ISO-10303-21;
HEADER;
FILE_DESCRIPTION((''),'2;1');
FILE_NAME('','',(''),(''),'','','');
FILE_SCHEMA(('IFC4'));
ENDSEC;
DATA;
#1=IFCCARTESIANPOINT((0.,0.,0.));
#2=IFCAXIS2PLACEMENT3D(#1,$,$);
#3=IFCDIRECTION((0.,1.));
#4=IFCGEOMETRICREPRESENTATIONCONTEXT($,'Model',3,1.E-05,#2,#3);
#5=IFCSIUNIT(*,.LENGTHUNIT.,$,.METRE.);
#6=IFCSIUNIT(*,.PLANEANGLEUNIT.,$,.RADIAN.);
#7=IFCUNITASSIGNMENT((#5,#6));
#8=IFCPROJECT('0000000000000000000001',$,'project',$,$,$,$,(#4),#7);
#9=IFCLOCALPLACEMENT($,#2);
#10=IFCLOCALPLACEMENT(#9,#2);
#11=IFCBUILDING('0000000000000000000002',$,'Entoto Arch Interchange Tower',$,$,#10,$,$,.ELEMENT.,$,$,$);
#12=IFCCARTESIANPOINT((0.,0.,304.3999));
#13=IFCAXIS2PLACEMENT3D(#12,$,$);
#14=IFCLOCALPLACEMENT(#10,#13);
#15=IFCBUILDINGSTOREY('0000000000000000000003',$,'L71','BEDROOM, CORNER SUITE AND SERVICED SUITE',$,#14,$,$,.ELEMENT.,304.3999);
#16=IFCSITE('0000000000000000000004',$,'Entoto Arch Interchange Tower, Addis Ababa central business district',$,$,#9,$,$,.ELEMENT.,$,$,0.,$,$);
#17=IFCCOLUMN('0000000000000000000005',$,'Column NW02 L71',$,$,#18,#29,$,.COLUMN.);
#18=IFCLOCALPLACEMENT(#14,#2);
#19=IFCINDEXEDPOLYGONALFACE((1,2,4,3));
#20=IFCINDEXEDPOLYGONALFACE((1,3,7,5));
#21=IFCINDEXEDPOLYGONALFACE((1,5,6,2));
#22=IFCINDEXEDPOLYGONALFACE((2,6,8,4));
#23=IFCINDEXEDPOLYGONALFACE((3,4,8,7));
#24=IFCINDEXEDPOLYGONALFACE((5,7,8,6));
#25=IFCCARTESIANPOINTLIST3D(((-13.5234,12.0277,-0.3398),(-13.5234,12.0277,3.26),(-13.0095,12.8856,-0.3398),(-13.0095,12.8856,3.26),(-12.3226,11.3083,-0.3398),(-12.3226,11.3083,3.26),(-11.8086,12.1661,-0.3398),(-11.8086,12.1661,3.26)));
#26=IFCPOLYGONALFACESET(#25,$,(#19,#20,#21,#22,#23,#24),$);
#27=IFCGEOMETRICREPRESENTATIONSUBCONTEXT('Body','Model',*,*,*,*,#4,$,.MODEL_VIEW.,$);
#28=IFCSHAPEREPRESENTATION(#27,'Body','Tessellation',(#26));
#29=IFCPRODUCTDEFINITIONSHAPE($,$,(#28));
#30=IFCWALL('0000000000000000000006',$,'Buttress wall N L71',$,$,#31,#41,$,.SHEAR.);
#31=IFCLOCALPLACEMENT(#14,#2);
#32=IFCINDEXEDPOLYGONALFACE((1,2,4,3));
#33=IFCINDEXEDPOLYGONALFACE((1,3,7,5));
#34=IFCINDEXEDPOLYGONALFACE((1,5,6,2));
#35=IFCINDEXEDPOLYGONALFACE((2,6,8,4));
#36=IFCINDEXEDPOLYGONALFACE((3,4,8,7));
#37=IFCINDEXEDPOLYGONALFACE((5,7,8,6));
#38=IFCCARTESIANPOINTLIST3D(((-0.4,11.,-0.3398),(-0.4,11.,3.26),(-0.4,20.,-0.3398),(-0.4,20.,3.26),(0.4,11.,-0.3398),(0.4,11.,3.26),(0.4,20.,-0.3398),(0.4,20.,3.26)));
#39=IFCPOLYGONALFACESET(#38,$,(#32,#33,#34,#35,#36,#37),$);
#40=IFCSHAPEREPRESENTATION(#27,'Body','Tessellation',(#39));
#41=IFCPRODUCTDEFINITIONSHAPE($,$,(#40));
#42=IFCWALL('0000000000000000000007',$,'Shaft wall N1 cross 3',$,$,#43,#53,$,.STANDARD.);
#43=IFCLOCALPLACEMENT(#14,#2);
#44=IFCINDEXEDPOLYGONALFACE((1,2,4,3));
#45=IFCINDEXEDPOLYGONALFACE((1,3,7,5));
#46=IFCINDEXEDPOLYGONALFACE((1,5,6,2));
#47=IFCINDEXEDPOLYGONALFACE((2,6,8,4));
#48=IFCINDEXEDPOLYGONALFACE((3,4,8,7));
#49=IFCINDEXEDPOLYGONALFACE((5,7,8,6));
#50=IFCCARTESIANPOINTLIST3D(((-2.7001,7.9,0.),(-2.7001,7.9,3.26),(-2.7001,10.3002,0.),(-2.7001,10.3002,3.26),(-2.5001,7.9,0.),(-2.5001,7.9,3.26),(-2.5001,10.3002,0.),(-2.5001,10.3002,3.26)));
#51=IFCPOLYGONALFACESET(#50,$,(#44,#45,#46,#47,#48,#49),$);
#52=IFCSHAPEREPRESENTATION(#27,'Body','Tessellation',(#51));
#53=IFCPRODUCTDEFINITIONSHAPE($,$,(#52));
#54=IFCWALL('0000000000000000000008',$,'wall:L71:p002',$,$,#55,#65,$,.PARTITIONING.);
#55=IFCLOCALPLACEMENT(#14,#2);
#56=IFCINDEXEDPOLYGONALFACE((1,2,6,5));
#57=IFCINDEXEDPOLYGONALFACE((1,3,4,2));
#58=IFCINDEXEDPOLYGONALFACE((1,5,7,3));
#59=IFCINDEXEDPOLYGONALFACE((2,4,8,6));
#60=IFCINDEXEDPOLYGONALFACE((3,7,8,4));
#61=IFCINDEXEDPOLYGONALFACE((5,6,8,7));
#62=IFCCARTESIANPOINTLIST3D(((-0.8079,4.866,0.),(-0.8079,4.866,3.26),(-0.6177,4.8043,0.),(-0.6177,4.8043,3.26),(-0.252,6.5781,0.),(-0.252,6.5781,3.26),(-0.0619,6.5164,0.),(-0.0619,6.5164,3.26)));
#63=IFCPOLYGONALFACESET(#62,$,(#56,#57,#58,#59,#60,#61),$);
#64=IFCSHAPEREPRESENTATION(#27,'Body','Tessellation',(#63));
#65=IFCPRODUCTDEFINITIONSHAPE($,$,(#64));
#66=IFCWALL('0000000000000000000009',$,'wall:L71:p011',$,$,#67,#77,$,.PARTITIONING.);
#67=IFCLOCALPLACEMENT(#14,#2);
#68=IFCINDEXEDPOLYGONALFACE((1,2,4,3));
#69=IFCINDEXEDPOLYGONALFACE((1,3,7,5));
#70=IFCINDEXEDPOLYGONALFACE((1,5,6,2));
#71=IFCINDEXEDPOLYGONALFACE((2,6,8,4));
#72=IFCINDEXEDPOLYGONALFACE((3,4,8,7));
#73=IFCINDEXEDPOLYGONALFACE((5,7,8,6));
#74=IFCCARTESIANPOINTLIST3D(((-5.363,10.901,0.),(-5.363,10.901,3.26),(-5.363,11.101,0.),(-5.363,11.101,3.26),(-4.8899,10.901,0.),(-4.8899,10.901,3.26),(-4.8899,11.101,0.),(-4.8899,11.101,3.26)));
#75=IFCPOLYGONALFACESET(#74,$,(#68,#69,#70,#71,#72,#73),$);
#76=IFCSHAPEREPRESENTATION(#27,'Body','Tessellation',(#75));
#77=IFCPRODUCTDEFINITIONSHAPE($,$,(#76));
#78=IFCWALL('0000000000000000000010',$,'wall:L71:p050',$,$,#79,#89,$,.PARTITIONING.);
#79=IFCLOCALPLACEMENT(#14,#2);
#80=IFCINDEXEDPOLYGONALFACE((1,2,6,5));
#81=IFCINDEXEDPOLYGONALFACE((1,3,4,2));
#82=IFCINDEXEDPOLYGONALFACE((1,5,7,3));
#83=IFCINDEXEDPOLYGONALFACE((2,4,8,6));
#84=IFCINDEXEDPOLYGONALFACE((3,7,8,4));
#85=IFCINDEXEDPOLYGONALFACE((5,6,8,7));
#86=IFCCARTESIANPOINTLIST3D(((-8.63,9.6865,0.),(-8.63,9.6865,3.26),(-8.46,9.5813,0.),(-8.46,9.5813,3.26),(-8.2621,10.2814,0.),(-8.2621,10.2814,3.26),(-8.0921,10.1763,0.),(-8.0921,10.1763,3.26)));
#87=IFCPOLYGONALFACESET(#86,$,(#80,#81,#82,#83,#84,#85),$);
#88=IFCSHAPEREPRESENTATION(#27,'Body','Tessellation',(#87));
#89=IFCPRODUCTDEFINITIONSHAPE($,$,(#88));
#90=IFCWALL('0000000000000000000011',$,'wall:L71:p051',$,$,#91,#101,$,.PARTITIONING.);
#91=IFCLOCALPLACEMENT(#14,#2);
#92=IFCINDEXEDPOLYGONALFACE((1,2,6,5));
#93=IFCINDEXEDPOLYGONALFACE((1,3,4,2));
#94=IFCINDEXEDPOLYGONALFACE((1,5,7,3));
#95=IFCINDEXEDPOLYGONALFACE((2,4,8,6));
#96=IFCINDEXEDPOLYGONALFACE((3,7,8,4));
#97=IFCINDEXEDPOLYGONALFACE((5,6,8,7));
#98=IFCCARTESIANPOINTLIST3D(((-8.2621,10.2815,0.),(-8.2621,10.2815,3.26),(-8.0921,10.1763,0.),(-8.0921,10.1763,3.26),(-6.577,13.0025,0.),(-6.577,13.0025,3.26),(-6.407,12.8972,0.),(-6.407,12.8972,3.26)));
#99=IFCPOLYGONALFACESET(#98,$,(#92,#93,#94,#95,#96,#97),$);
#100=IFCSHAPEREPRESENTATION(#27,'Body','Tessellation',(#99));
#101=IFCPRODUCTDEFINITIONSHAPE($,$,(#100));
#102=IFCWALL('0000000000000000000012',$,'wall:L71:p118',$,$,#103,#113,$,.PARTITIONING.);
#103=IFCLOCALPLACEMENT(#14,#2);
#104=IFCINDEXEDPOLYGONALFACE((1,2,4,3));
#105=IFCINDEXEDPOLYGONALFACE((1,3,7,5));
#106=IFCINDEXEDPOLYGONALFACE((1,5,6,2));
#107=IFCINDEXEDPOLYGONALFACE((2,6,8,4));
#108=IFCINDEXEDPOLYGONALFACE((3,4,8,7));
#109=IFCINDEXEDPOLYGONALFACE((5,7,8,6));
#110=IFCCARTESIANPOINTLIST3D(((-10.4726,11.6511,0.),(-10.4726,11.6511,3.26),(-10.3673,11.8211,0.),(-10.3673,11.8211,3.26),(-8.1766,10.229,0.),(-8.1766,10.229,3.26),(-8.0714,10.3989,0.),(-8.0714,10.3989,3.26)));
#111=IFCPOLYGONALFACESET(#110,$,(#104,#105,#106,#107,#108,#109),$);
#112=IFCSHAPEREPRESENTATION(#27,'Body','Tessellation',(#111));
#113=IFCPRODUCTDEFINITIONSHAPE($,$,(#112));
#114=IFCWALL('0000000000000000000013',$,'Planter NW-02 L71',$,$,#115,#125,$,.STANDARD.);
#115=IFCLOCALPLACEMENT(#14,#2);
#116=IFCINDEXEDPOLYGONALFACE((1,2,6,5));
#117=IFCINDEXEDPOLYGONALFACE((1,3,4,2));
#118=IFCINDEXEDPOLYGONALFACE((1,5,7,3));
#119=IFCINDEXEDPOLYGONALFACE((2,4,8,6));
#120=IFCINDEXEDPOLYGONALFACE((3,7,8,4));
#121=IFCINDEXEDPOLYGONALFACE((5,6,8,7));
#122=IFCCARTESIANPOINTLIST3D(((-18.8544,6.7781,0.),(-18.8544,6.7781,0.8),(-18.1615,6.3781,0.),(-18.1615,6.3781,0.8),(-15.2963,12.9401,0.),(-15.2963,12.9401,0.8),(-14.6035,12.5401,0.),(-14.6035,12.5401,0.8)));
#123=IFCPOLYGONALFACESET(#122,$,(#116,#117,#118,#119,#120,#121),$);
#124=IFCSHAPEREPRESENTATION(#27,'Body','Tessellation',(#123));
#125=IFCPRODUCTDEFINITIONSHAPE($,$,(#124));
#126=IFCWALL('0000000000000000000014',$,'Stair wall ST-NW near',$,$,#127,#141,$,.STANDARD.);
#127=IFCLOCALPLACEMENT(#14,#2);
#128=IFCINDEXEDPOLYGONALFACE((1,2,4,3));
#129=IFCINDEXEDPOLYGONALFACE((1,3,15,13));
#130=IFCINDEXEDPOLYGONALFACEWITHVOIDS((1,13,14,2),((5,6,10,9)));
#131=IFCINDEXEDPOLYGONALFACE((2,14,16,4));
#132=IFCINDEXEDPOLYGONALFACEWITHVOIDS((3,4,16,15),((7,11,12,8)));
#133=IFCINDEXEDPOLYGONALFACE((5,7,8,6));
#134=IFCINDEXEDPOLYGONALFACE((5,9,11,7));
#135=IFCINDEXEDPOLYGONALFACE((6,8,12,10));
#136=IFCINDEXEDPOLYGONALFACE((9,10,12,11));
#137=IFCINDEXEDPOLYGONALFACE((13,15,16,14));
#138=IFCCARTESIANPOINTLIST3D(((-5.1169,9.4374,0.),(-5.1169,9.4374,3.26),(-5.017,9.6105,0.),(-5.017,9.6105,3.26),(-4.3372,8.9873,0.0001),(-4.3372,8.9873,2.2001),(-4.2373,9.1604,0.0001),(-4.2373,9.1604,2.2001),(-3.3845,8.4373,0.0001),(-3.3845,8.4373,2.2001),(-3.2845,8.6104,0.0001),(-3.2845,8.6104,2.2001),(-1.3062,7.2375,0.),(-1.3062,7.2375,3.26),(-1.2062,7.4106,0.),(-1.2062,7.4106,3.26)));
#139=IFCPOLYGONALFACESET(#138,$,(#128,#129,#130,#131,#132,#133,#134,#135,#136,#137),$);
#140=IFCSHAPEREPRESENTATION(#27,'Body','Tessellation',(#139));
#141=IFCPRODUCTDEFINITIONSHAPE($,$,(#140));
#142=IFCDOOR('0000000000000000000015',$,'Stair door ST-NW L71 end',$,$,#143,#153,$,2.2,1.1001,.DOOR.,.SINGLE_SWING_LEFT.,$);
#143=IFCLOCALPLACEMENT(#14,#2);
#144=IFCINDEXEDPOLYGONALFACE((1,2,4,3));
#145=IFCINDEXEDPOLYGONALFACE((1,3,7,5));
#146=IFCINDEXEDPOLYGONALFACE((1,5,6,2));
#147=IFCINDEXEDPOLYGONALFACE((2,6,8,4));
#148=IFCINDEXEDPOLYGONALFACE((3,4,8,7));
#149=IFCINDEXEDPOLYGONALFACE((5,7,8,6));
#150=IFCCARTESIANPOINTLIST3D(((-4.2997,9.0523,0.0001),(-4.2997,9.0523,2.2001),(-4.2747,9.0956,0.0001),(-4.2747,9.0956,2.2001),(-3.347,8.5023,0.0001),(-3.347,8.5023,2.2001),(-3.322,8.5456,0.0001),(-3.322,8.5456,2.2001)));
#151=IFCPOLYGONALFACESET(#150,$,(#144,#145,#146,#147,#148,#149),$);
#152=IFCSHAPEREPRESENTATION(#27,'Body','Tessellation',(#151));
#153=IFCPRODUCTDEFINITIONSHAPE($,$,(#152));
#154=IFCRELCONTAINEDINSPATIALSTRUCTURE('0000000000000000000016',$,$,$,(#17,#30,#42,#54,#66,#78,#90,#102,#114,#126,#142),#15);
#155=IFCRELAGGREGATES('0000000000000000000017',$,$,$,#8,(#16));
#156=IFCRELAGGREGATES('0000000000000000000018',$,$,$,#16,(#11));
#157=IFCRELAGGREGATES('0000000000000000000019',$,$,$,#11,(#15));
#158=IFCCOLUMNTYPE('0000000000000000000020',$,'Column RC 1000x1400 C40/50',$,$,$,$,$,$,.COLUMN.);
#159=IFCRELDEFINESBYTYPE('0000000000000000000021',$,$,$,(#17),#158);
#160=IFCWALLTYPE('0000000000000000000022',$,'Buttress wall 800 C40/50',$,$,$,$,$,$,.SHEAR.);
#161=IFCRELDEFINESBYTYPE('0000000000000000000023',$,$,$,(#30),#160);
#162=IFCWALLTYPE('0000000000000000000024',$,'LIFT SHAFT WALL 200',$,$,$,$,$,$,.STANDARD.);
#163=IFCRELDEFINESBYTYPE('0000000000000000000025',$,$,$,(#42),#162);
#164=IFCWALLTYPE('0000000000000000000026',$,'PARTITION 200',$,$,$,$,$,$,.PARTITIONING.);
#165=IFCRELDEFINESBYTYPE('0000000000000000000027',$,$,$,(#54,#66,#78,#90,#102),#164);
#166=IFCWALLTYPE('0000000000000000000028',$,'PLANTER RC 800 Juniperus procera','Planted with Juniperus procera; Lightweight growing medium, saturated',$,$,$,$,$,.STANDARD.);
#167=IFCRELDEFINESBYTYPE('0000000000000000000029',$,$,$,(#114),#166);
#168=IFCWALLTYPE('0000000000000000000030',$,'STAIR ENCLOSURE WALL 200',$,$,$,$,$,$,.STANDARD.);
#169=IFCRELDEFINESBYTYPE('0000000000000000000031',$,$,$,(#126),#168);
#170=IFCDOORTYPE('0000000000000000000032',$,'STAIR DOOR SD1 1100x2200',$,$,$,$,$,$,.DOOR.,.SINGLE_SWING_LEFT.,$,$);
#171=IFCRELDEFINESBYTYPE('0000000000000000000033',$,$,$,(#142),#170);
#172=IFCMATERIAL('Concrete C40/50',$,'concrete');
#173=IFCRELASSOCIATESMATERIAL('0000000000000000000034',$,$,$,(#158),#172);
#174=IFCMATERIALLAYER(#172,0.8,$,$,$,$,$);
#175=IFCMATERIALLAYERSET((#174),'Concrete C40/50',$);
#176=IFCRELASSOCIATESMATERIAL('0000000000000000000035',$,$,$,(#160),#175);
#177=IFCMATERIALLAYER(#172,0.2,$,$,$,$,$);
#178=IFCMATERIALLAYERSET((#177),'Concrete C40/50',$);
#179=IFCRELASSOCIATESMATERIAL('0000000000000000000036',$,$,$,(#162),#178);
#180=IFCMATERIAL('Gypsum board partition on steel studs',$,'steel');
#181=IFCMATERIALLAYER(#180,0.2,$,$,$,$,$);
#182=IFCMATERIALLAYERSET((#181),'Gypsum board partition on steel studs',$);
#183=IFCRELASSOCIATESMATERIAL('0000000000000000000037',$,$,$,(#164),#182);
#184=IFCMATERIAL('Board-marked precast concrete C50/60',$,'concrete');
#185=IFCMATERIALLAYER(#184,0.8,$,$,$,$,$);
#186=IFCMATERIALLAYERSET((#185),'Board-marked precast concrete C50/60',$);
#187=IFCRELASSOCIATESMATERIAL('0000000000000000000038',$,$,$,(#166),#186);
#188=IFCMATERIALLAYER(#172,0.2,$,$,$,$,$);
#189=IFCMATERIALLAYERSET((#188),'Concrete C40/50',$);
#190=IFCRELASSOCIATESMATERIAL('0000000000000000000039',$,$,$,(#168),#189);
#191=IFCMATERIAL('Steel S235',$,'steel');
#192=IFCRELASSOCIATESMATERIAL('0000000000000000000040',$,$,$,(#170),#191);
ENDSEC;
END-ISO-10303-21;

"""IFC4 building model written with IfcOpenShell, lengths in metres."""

from ifc_helpers import new_model, si_unit, direction, frame, frame_2d, origin, origin_2d, place, context, subcontext, project, spatial, rectangle, extrude, material, layer, layer_set, material_profile, profile_set, type_object, element, fill, save


model = new_model("IFC4")

# Units and contexts
model_context = context("Model", 3, precision=1e-05, world=origin(), true_north=direction((0.0, 1.0)))
body_context = subcontext(model_context, "Body", "Model", "MODEL_VIEW")
ifc_project = project(units=[si_unit("LENGTHUNIT", "METRE"), si_unit("PLANEANGLEUNIT", "RADIAN")], contexts=[model_context])

# Site, building, storey
site_placement = place(None, origin())
site = spatial("IfcSite", under=ifc_project, at=site_placement, Name="Entoto Arch Interchange Tower, Addis Ababa central business district", CompositionType="ELEMENT", RefElevation=0.0)
building_placement = place(site_placement, origin())
building = spatial("IfcBuilding", under=site, at=building_placement, Name="Entoto Arch Interchange Tower", CompositionType="ELEMENT")
storey_placement = place(building_placement, frame((0.0, 0.0, 304.3999)))
storey = spatial("IfcBuildingStorey", under=building, at=storey_placement, Name="L71", Description="BEDROOM, CORNER SUITE AND SERVICED SUITE", CompositionType="ELEMENT", Elevation=304.3999)

# Column
ifc_material_1 = material(Name="Concrete C40/50", Category="concrete")
ifc_material_profile = material_profile(ifc_material_1, rectangle(XDim=1.0, YDim=1.3999, at=origin_2d()))
ifc_profile_set = profile_set([ifc_material_profile], Name="Concrete C40/50")
column_type = type_object("IfcColumnType", Name="Column RC 1000x1400 C40/50", PredefinedType="COLUMN", material=ifc_profile_set)
column_placement = place(storey_placement, frame((-12.666, 12.0969, -0.3398), z_axis=(0.0, 0.0, 1.0), x_axis=(0.513946, 0.857823, 0.0)))
element("IfcColumn", 1, at=column_placement, inside=storey, type_object=column_type, Name="Column NW02 L71", PredefinedType="COLUMN", context=body_context, shape_type="SweptSolid", body=[
    extrude(rectangle(XDim=1.0, YDim=1.3999, at=origin_2d()), origin(), (0.0, 0.0, 1.0), 3.5999),
])

# Walls
ifc_layer_1 = layer(ifc_material_1, 0.8)
ifc_layer_set_1 = layer_set([ifc_layer_1], Name="Concrete C40/50")
wall_type_1 = type_object("IfcWallType", Name="Buttress wall 800 C40/50", PredefinedType="SHEAR", material=ifc_layer_set_1)
wall_1_placement = place(storey_placement, frame((0.0, 11.0, -0.3398), z_axis=(0.0, 0.0, 1.0), x_axis=(0.0, 1.0, 0.0)))
element("IfcWall", 2, at=wall_1_placement, inside=storey, type_object=wall_type_1, Name="Buttress wall N L71", PredefinedType="SHEAR", context=body_context, shape_type="SweptSolid", body=[
    extrude(rectangle(XDim=9.0, YDim=0.8, at=frame_2d((4.5, 0.0))), origin(), (0.0, 0.0, 1.0), 3.5999),
])
ifc_layer_2 = layer(ifc_material_1, 0.2)
ifc_layer_set_2 = layer_set([ifc_layer_2], Name="Concrete C40/50")
wall_type_2 = type_object("IfcWallType", Name="LIFT SHAFT WALL 200", PredefinedType="STANDARD", material=ifc_layer_set_2)
wall_2_placement = place(storey_placement, frame((-2.6001, 7.8999, 0.0), z_axis=(0.0, 0.0, 1.0), x_axis=(0.0, 1.0, 0.0)))
element("IfcWall", 3, at=wall_2_placement, inside=storey, type_object=wall_type_2, Name="Shaft wall N1 cross 3", PredefinedType="STANDARD", context=body_context, shape_type="SweptSolid", body=[
    extrude(rectangle(XDim=2.4001, YDim=0.2, at=frame_2d((1.2002, 0.0))), origin(), (0.0, 0.0, 1.0), 3.26),
])
ifc_material_2 = material(Name="Gypsum board partition on steel studs", Category="steel")
ifc_layer_3 = layer(ifc_material_2, 0.2)
ifc_layer_set_3 = layer_set([ifc_layer_3], Name="Gypsum board partition on steel studs")
wall_type_3 = type_object("IfcWallType", Name="PARTITION 200", PredefinedType="PARTITIONING", material=ifc_layer_set_3)
wall_3_placement = place(storey_placement, frame((-0.157, 6.5471, 0.0), z_axis=(0.0, 0.0, 1.0), x_axis=(-0.308813, -0.951123, 0.0)))
element("IfcWall", 4, at=wall_3_placement, inside=storey, type_object=wall_type_3, Name="wall:L71:p002", PredefinedType="PARTITIONING", context=body_context, shape_type="SweptSolid", body=[
    extrude(rectangle(XDim=1.8, YDim=0.2, at=frame_2d((0.8999, 0.0))), origin(), (0.0, 0.0, 1.0), 3.26),
])
wall_4_placement = place(storey_placement, frame((-5.363, 11.001, 0.0), z_axis=(0.0, 0.0, 1.0), x_axis=(1.0, 0.0, 0.0)))
element("IfcWall", 5, at=wall_4_placement, inside=storey, type_object=wall_type_3, Name="wall:L71:p011", PredefinedType="PARTITIONING", context=body_context, shape_type="SweptSolid", body=[
    extrude(rectangle(XDim=0.4731, YDim=0.2, at=frame_2d((0.2366, 0.0))), origin(), (0.0, 0.0, 1.0), 3.26),
])
wall_5_placement = place(storey_placement, frame((-8.5449, 9.634, 0.0), z_axis=(0.0, 0.0, 1.0), x_axis=(0.525946, 0.850518, 0.0)))
element("IfcWall", 6, at=wall_5_placement, inside=storey, type_object=wall_type_3, Name="wall:L71:p050", PredefinedType="PARTITIONING", context=body_context, shape_type="SweptSolid", body=[
    extrude(rectangle(XDim=0.6995, YDim=0.2, at=frame_2d((0.3496, 0.0))), origin(), (0.0, 0.0, 1.0), 3.26),
])
wall_6_placement = place(storey_placement, frame((-8.177, 10.229, 0.0), z_axis=(0.0, 0.0, 1.0), x_axis=(0.526504, 0.850172, 0.0)))
element("IfcWall", 7, at=wall_6_placement, inside=storey, type_object=wall_type_3, Name="wall:L71:p051", PredefinedType="PARTITIONING", context=body_context, shape_type="SweptSolid", body=[
    extrude(rectangle(XDim=3.2004, YDim=0.2, at=frame_2d((1.6001, 0.0))), origin(), (0.0, 0.0, 1.0), 3.26),
])
wall_7_placement = place(storey_placement, frame((-10.4199, 11.7361, 0.0), z_axis=(0.0, 0.0, 1.0), x_axis=(0.850124, -0.526582, 0.0)))
element("IfcWall", 8, at=wall_7_placement, inside=storey, type_object=wall_type_3, Name="wall:L71:p118", PredefinedType="PARTITIONING", context=body_context, shape_type="SweptSolid", body=[
    extrude(rectangle(XDim=2.7007, YDim=0.2, at=frame_2d((1.3503, 0.0))), origin(), (0.0, 0.0, 1.0), 3.26),
])
ifc_material_3 = material(Name="Board-marked precast concrete C50/60", Category="concrete")
ifc_layer_4 = layer(ifc_material_3, 0.8)
ifc_layer_set_4 = layer_set([ifc_layer_4], Name="Board-marked precast concrete C50/60")
wall_type_4 = type_object("IfcWallType", Name="PLANTER RC 800 Juniperus procera", Description="Planted with Juniperus procera; Lightweight growing medium, saturated", PredefinedType="STANDARD", material=ifc_layer_set_4)
wall_8_placement = place(storey_placement, frame((-14.95, 12.74, 0.0), z_axis=(0.0, 0.0, 1.0), x_axis=(-0.500043, -0.866, 0.0)))
element("IfcWall", 9, at=wall_8_placement, inside=storey, type_object=wall_type_4, Name="Planter NW-02 L71", PredefinedType="STANDARD", context=body_context, shape_type="SweptSolid", body=[
    extrude(rectangle(XDim=7.1155, YDim=0.8, at=frame_2d((3.5576, 0.0))), origin(), (0.0, 0.0, 1.0), 0.8),
])

# Wall, opening, door
ifc_layer_5 = layer(ifc_material_1, 0.2)
ifc_layer_set_5 = layer_set([ifc_layer_5], Name="Concrete C40/50")
wall_type_5 = type_object("IfcWallType", Name="STAIR ENCLOSURE WALL 200", PredefinedType="STANDARD", material=ifc_layer_set_5)
wall_9_placement = place(storey_placement, frame((-1.2561, 7.324, 0.0), z_axis=(0.0, 0.0, 1.0), x_axis=(-0.866046, 0.499964, 0.0)))
wall_9 = element("IfcWall", 10, at=wall_9_placement, inside=storey, type_object=wall_type_5, Name="Stair wall ST-NW near", PredefinedType="STANDARD", context=body_context, shape_type="SweptSolid", body=[
    extrude(rectangle(XDim=4.4001, YDim=0.2, at=frame_2d((2.2002, 0.0))), origin(), (0.0, 0.0, 1.0), 3.26),
])
opening_1_placement = place(wall_9_placement, frame((2.3999, 0.0, 0.0)))
opening_1 = element("IfcOpeningElement", 11, at=opening_1_placement, cuts=wall_9, PredefinedType="OPENING", context=body_context, shape_type="SweptSolid", body=[
    extrude(rectangle(XDim=1.1001, YDim=2.2, at=frame_2d((0.55, 1.1001))), frame((0.0, 0.1099, 0.0), z_axis=(0.0, -1.0, 0.0), x_axis=(1.0, 0.0, 0.0)), (0.0, 0.0, 1.0), 0.22),
])
ifc_material_4 = material(Name="Steel S235", Category="steel")
door_type_1 = type_object("IfcDoorType", Name="STAIR DOOR SD1 1100x2200", OperationType="SINGLE_SWING_LEFT", PredefinedType="DOOR", material=ifc_material_4)
door_1_placement = place(opening_1_placement, origin())
door_1 = element("IfcDoor", 12, at=door_1_placement, inside=storey, type_object=door_type_1, Name="Stair door ST-NW L71 end", OperationType="SINGLE_SWING_LEFT", OverallHeight=2.2, OverallWidth=1.1001, PredefinedType="DOOR", context=body_context, shape_type="SweptSolid", body=[
    extrude(rectangle(XDim=1.1001, YDim=2.2, at=frame_2d((0.55, 1.1001))), frame((0.0, 0.0249, 0.0), z_axis=(0.0, -1.0, 0.0), x_axis=(1.0, 0.0, 0.0)), (0.0, 0.0, 1.0), 0.05),
])
fill(opening_1, door_1)

save(model, "model.ifc")
